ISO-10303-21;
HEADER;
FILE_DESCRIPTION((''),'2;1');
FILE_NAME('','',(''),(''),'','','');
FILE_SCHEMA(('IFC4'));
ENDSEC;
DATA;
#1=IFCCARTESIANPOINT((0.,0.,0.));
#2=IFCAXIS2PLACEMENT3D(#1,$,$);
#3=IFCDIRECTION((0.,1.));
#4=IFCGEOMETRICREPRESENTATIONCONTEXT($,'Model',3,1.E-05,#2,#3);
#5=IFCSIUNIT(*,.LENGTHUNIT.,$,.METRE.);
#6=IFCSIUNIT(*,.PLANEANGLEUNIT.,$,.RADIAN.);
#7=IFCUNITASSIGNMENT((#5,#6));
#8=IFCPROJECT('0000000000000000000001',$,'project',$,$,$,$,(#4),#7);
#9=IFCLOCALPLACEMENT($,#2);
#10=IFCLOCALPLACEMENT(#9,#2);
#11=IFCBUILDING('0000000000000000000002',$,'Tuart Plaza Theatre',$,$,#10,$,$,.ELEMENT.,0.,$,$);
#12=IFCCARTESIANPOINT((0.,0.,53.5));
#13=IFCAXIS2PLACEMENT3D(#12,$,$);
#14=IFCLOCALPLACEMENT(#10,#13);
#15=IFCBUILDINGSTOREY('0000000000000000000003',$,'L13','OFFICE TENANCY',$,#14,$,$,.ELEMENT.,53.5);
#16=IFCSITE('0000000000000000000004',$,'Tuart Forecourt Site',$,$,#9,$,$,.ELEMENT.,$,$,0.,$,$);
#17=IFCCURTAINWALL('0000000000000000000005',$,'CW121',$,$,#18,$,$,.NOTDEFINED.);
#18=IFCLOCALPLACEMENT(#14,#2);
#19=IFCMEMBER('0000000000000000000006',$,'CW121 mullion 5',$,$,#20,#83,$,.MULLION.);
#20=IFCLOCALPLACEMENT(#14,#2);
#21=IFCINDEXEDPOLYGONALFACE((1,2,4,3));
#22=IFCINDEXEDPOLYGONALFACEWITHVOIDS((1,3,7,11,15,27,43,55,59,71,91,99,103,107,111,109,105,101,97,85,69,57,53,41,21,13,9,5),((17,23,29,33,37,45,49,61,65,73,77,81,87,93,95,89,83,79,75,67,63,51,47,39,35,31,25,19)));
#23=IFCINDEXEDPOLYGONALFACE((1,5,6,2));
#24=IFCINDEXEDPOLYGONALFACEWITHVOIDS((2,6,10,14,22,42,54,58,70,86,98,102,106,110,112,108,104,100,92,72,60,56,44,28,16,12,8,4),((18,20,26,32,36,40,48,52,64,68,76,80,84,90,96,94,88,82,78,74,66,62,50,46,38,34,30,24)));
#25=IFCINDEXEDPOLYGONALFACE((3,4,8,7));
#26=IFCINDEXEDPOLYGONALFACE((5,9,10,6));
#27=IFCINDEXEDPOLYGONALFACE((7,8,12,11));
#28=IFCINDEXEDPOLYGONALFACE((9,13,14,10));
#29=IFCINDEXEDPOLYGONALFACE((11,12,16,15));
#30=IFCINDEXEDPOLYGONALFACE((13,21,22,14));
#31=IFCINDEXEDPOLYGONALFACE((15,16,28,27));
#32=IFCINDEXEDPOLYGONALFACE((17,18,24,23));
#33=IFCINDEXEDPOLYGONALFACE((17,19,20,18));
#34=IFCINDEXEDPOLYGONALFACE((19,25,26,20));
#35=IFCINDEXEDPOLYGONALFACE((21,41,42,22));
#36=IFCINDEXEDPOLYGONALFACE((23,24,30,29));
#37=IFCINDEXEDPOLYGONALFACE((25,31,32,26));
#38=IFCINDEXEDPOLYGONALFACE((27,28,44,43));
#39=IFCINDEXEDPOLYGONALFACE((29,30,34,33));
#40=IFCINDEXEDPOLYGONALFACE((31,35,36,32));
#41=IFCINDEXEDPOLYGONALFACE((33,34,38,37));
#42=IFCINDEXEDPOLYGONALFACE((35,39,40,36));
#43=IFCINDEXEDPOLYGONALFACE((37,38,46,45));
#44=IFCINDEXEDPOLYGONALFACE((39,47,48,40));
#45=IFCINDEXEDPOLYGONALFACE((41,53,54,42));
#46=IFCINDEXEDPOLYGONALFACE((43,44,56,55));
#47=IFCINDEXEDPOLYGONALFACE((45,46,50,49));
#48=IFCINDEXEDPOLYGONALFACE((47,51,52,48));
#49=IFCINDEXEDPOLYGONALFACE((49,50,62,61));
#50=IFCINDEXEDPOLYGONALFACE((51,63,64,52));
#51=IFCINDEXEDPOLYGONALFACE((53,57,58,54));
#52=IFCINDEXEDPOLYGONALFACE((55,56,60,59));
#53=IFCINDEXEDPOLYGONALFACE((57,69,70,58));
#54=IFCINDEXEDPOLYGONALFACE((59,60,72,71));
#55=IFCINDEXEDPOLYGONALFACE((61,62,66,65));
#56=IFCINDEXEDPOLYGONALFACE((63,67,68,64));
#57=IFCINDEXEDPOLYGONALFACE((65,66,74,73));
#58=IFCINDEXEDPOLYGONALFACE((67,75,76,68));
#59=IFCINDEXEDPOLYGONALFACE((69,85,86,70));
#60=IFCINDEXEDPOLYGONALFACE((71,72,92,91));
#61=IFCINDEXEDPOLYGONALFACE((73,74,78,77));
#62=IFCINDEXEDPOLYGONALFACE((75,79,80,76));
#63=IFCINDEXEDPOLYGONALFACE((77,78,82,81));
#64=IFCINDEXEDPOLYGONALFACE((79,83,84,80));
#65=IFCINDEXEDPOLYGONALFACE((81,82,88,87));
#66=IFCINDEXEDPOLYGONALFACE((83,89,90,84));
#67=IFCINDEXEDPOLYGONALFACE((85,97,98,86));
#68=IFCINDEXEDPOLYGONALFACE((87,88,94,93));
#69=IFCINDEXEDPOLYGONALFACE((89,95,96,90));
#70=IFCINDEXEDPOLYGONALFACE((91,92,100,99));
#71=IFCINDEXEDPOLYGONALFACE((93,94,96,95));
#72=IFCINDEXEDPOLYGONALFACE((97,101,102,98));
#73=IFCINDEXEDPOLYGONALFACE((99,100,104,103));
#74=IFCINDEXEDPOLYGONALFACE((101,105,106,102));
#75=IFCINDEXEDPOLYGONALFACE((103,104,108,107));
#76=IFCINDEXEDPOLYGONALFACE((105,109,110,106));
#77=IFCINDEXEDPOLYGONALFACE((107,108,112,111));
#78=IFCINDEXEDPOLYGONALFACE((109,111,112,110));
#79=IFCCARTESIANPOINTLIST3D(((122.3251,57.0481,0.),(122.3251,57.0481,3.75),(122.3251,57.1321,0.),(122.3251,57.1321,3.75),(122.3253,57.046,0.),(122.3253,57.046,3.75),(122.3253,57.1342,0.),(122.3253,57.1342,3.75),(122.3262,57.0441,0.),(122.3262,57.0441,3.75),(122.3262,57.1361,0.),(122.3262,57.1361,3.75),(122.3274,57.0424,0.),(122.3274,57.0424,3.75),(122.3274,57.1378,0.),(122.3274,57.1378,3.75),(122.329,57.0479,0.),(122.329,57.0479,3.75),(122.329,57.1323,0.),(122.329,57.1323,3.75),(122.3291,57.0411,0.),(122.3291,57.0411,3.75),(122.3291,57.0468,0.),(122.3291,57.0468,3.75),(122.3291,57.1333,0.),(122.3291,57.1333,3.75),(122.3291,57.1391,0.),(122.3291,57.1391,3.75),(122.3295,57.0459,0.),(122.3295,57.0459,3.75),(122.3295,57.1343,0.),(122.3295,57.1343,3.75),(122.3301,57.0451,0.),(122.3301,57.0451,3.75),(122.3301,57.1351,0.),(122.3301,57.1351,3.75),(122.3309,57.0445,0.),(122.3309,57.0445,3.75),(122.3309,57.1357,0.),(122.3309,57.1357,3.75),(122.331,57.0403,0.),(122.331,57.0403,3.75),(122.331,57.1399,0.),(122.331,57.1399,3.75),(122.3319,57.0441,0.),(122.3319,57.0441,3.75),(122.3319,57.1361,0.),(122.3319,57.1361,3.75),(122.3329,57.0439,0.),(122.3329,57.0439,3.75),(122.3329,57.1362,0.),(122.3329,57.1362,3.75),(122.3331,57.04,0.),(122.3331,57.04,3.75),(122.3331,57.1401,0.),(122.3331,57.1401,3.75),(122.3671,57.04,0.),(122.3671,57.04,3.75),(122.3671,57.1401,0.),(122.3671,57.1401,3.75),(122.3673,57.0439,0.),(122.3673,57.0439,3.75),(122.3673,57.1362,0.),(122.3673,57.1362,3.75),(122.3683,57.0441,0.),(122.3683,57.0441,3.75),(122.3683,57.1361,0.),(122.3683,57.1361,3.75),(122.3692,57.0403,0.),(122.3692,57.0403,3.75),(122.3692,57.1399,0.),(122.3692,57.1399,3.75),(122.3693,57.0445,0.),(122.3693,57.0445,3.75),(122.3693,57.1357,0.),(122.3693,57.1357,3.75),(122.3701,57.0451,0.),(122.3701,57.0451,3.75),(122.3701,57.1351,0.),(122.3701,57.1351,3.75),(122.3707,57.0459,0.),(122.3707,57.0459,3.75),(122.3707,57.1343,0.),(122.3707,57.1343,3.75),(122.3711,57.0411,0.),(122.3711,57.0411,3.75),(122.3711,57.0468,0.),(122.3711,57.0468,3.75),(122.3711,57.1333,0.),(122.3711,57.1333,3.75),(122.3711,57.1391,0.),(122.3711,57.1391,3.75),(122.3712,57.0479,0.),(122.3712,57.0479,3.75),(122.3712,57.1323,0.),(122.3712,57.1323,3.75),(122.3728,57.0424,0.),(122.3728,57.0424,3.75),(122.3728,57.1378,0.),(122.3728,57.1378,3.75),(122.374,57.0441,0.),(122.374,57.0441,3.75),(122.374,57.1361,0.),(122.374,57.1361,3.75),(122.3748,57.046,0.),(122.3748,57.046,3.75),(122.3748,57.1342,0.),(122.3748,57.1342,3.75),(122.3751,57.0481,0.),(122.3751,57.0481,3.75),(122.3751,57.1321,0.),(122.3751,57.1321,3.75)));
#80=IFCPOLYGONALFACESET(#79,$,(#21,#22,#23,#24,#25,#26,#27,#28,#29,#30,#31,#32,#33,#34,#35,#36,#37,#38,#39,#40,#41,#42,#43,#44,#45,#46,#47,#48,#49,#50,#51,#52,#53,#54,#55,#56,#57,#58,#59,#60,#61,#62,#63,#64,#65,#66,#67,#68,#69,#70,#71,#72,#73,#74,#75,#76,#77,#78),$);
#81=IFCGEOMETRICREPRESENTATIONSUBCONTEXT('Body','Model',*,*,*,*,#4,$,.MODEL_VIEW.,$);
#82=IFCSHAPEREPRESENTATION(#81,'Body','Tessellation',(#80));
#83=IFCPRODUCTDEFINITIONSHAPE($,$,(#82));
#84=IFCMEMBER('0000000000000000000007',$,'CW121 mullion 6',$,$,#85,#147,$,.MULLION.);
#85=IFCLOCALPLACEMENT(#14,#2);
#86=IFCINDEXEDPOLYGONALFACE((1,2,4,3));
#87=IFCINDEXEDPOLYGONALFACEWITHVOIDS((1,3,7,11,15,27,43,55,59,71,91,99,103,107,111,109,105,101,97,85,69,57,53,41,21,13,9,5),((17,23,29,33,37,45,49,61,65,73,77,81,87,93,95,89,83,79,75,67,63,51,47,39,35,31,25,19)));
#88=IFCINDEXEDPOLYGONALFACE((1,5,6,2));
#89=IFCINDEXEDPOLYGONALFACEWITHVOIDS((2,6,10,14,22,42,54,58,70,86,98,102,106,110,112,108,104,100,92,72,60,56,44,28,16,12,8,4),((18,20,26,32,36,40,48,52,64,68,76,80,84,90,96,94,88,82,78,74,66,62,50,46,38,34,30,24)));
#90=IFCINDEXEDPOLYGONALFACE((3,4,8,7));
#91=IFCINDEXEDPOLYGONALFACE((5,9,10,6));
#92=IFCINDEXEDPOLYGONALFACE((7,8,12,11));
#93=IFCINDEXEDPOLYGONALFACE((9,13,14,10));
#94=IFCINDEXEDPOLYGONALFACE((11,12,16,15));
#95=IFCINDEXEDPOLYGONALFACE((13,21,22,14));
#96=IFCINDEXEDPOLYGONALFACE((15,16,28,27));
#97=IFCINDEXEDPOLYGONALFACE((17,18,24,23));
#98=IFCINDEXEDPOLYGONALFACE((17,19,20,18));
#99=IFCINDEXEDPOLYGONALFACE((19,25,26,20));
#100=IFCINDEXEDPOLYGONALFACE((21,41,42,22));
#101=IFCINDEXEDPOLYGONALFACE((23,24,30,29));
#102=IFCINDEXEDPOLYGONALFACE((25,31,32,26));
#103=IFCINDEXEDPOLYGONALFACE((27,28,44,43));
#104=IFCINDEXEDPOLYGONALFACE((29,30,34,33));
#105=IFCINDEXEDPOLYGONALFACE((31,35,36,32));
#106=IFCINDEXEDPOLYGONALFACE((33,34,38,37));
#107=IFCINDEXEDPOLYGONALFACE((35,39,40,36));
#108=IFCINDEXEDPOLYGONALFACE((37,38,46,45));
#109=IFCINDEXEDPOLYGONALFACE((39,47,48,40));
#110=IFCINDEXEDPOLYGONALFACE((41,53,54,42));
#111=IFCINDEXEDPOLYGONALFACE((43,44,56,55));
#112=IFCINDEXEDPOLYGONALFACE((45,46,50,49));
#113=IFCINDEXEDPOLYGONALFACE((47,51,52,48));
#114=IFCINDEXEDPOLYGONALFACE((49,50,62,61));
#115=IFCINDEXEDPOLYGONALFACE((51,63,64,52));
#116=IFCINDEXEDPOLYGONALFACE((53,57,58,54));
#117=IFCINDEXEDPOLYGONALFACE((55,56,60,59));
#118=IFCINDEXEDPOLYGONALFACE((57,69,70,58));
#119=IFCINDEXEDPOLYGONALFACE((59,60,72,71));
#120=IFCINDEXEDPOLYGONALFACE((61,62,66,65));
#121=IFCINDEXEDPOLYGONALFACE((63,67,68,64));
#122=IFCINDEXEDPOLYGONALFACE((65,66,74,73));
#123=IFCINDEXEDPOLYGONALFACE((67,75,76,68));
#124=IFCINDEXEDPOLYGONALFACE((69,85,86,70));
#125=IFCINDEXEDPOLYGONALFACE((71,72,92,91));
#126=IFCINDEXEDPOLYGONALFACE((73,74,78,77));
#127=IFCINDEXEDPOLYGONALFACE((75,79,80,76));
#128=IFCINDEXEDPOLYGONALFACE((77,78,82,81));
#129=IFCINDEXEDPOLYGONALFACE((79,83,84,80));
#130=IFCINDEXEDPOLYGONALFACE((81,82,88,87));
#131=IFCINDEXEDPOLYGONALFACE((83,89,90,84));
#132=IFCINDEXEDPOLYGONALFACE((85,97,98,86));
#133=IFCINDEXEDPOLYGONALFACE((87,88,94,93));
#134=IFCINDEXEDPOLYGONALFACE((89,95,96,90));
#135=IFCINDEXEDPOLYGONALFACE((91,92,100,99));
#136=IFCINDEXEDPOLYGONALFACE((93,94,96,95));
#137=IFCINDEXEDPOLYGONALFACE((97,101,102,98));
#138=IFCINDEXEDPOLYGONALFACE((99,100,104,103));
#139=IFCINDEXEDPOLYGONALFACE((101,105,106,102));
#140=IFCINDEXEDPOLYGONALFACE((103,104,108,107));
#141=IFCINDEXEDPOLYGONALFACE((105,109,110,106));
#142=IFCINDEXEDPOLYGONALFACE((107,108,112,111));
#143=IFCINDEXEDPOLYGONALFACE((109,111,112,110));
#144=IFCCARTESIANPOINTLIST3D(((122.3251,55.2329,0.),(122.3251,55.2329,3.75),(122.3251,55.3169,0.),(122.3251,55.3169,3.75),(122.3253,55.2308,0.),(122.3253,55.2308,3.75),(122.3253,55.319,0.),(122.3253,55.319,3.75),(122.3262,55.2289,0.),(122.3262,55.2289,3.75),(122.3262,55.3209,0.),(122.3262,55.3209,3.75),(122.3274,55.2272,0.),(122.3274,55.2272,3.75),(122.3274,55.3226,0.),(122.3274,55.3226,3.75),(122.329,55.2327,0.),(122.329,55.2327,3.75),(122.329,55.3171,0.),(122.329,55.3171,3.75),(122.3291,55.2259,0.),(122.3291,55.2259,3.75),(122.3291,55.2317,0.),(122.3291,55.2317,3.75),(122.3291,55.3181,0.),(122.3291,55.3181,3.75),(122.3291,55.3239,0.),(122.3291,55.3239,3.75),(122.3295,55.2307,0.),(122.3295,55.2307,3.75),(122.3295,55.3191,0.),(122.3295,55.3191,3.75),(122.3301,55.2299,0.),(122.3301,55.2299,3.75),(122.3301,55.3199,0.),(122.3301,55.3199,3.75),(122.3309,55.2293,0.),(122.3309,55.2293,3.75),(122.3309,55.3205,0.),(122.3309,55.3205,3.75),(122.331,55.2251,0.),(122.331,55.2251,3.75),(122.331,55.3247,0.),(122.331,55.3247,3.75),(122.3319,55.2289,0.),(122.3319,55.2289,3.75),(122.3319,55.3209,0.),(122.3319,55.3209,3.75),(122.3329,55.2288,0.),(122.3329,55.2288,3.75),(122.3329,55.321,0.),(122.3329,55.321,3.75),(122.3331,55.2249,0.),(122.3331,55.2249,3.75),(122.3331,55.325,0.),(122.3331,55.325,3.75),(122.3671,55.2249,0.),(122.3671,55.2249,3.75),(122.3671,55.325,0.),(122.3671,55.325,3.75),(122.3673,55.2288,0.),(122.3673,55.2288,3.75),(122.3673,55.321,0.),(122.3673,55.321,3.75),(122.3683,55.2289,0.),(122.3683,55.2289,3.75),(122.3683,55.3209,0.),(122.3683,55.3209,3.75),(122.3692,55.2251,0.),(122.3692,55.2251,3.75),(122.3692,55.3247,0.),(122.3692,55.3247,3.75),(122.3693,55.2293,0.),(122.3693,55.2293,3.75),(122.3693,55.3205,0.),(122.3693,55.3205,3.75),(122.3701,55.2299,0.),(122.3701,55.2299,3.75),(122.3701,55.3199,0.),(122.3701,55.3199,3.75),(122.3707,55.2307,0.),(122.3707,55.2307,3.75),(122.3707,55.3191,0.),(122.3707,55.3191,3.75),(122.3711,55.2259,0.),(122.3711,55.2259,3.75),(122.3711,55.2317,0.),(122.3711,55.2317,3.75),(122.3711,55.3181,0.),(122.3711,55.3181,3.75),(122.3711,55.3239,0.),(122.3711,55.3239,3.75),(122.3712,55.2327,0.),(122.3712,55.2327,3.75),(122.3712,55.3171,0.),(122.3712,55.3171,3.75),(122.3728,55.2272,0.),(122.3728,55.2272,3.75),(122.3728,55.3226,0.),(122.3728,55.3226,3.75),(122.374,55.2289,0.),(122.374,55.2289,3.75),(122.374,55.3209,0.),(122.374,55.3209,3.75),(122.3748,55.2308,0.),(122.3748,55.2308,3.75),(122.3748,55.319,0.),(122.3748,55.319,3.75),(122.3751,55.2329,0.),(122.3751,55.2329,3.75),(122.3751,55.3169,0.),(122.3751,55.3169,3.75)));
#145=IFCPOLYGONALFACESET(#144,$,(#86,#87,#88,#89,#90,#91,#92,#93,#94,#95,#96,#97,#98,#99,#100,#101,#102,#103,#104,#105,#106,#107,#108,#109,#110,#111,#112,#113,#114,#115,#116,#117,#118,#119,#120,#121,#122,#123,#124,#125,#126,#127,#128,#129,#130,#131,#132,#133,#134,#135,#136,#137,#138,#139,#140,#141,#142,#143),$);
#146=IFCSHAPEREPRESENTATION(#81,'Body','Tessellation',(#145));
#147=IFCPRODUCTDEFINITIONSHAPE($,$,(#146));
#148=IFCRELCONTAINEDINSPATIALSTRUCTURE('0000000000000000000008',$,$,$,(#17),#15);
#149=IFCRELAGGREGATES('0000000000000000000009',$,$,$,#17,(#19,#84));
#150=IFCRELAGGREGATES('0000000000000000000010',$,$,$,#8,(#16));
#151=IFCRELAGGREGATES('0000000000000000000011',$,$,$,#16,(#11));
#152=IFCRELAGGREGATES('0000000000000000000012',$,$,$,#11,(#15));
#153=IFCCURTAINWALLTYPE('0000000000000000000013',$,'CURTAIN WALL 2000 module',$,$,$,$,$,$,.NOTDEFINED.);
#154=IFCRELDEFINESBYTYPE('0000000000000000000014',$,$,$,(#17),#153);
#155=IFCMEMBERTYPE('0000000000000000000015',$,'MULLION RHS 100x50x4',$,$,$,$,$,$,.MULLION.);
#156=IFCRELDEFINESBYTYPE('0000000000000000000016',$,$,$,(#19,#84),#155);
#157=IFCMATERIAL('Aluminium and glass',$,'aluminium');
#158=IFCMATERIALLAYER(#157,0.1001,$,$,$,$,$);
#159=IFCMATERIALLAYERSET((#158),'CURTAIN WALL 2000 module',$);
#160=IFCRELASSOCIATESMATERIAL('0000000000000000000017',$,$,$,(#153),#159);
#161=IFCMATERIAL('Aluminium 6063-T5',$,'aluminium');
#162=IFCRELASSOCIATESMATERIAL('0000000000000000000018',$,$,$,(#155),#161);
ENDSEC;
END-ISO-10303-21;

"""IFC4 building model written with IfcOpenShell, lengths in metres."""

from ifc_helpers import new_model, si_unit, direction, frame, origin, origin_2d, place, context, subcontext, project, spatial, hollow_rectangle, extrude, material, layer, layer_set, material_profile, profile_set, type_object, element, aggregate, save


model = new_model("IFC4")

# Units and contexts
model_context = context("Model", 3, precision=1e-05, world=origin(), true_north=direction((0.0, 1.0)))
body_context = subcontext(model_context, "Body", "Model", "MODEL_VIEW")
ifc_project = project(units=[si_unit("LENGTHUNIT", "METRE"), si_unit("PLANEANGLEUNIT", "RADIAN")], contexts=[model_context])

# Site, building, storey
site_placement = place(None, origin())
site = spatial("IfcSite", under=ifc_project, at=site_placement, Name="Tuart Forecourt Site", CompositionType="ELEMENT", RefElevation=0.0)
building_placement = place(site_placement, origin())
building = spatial("IfcBuilding", under=site, at=building_placement, Name="Tuart Plaza Theatre", CompositionType="ELEMENT", ElevationOfRefHeight=0.0)
storey_placement = place(building_placement, frame((0.0, 0.0, 53.5)))
storey = spatial("IfcBuildingStorey", under=building, at=storey_placement, Name="L13", Description="OFFICE TENANCY", CompositionType="ELEMENT", Elevation=53.5)

# Curtain wall, members
ifc_material_1 = material(Name="Aluminium and glass", Category="aluminium")
ifc_layer_1 = layer(ifc_material_1, 0.1001)
ifc_layer_set_1 = layer_set([ifc_layer_1], Name="CURTAIN WALL 2000 module")
curtain_wall_type = type_object("IfcCurtainWallType", Name="CURTAIN WALL 2000 module", PredefinedType="NOTDEFINED", material=ifc_layer_set_1)
curtain_wall_1_placement = place(storey_placement, origin())
curtain_wall_1 = element("IfcCurtainWall", 1, at=curtain_wall_1_placement, inside=storey, type_object=curtain_wall_type, Name="CW121", PredefinedType="NOTDEFINED")
ifc_material_2 = material(Name="Aluminium 6063-T5", Category="aluminium")
ifc_material_profile_1 = material_profile(ifc_material_2, hollow_rectangle(XDim=0.05, YDim=0.1001, WallThickness=0.0039, InnerFilletRadius=0.0039, OuterFilletRadius=0.0081, at=origin_2d()), Name="RHS 100x50x4")
ifc_profile_set_1 = profile_set([ifc_material_profile_1], Name="Aluminium 6063-T5")
member_type_1 = type_object("IfcMemberType", Name="MULLION RHS 100x50x4", PredefinedType="MULLION", material=ifc_profile_set_1)
member_1_placement = place(storey_placement, frame((122.3501, 57.0901, 0.0), z_axis=(0.0, 0.0, 1.0), x_axis=(1.0, 0.0, 0.0)))
member_1 = element("IfcMember", 2, at=member_1_placement, type_object=member_type_1, Name="CW121 mullion 5", PredefinedType="MULLION", context=body_context, shape_type="SweptSolid", body=[
    extrude(hollow_rectangle(XDim=0.05, YDim=0.1001, WallThickness=0.0039, InnerFilletRadius=0.0039, OuterFilletRadius=0.0081, at=origin_2d()), origin(), (0.0, 0.0, 1.0), 3.75),
])
member_2_placement = place(storey_placement, frame((122.3501, 55.2749, 0.0), z_axis=(0.0, 0.0, 1.0), x_axis=(1.0, 0.0, 0.0)))
member_2 = element("IfcMember", 3, at=member_2_placement, type_object=member_type_1, Name="CW121 mullion 6", PredefinedType="MULLION", context=body_context, shape_type="SweptSolid", body=[
    extrude(hollow_rectangle(XDim=0.05, YDim=0.1001, WallThickness=0.0039, InnerFilletRadius=0.0039, OuterFilletRadius=0.0081, at=origin_2d()), origin(), (0.0, 0.0, 1.0), 3.75),
])

aggregate(curtain_wall_1, [member_1, member_2])

save(model, "model.ifc")
